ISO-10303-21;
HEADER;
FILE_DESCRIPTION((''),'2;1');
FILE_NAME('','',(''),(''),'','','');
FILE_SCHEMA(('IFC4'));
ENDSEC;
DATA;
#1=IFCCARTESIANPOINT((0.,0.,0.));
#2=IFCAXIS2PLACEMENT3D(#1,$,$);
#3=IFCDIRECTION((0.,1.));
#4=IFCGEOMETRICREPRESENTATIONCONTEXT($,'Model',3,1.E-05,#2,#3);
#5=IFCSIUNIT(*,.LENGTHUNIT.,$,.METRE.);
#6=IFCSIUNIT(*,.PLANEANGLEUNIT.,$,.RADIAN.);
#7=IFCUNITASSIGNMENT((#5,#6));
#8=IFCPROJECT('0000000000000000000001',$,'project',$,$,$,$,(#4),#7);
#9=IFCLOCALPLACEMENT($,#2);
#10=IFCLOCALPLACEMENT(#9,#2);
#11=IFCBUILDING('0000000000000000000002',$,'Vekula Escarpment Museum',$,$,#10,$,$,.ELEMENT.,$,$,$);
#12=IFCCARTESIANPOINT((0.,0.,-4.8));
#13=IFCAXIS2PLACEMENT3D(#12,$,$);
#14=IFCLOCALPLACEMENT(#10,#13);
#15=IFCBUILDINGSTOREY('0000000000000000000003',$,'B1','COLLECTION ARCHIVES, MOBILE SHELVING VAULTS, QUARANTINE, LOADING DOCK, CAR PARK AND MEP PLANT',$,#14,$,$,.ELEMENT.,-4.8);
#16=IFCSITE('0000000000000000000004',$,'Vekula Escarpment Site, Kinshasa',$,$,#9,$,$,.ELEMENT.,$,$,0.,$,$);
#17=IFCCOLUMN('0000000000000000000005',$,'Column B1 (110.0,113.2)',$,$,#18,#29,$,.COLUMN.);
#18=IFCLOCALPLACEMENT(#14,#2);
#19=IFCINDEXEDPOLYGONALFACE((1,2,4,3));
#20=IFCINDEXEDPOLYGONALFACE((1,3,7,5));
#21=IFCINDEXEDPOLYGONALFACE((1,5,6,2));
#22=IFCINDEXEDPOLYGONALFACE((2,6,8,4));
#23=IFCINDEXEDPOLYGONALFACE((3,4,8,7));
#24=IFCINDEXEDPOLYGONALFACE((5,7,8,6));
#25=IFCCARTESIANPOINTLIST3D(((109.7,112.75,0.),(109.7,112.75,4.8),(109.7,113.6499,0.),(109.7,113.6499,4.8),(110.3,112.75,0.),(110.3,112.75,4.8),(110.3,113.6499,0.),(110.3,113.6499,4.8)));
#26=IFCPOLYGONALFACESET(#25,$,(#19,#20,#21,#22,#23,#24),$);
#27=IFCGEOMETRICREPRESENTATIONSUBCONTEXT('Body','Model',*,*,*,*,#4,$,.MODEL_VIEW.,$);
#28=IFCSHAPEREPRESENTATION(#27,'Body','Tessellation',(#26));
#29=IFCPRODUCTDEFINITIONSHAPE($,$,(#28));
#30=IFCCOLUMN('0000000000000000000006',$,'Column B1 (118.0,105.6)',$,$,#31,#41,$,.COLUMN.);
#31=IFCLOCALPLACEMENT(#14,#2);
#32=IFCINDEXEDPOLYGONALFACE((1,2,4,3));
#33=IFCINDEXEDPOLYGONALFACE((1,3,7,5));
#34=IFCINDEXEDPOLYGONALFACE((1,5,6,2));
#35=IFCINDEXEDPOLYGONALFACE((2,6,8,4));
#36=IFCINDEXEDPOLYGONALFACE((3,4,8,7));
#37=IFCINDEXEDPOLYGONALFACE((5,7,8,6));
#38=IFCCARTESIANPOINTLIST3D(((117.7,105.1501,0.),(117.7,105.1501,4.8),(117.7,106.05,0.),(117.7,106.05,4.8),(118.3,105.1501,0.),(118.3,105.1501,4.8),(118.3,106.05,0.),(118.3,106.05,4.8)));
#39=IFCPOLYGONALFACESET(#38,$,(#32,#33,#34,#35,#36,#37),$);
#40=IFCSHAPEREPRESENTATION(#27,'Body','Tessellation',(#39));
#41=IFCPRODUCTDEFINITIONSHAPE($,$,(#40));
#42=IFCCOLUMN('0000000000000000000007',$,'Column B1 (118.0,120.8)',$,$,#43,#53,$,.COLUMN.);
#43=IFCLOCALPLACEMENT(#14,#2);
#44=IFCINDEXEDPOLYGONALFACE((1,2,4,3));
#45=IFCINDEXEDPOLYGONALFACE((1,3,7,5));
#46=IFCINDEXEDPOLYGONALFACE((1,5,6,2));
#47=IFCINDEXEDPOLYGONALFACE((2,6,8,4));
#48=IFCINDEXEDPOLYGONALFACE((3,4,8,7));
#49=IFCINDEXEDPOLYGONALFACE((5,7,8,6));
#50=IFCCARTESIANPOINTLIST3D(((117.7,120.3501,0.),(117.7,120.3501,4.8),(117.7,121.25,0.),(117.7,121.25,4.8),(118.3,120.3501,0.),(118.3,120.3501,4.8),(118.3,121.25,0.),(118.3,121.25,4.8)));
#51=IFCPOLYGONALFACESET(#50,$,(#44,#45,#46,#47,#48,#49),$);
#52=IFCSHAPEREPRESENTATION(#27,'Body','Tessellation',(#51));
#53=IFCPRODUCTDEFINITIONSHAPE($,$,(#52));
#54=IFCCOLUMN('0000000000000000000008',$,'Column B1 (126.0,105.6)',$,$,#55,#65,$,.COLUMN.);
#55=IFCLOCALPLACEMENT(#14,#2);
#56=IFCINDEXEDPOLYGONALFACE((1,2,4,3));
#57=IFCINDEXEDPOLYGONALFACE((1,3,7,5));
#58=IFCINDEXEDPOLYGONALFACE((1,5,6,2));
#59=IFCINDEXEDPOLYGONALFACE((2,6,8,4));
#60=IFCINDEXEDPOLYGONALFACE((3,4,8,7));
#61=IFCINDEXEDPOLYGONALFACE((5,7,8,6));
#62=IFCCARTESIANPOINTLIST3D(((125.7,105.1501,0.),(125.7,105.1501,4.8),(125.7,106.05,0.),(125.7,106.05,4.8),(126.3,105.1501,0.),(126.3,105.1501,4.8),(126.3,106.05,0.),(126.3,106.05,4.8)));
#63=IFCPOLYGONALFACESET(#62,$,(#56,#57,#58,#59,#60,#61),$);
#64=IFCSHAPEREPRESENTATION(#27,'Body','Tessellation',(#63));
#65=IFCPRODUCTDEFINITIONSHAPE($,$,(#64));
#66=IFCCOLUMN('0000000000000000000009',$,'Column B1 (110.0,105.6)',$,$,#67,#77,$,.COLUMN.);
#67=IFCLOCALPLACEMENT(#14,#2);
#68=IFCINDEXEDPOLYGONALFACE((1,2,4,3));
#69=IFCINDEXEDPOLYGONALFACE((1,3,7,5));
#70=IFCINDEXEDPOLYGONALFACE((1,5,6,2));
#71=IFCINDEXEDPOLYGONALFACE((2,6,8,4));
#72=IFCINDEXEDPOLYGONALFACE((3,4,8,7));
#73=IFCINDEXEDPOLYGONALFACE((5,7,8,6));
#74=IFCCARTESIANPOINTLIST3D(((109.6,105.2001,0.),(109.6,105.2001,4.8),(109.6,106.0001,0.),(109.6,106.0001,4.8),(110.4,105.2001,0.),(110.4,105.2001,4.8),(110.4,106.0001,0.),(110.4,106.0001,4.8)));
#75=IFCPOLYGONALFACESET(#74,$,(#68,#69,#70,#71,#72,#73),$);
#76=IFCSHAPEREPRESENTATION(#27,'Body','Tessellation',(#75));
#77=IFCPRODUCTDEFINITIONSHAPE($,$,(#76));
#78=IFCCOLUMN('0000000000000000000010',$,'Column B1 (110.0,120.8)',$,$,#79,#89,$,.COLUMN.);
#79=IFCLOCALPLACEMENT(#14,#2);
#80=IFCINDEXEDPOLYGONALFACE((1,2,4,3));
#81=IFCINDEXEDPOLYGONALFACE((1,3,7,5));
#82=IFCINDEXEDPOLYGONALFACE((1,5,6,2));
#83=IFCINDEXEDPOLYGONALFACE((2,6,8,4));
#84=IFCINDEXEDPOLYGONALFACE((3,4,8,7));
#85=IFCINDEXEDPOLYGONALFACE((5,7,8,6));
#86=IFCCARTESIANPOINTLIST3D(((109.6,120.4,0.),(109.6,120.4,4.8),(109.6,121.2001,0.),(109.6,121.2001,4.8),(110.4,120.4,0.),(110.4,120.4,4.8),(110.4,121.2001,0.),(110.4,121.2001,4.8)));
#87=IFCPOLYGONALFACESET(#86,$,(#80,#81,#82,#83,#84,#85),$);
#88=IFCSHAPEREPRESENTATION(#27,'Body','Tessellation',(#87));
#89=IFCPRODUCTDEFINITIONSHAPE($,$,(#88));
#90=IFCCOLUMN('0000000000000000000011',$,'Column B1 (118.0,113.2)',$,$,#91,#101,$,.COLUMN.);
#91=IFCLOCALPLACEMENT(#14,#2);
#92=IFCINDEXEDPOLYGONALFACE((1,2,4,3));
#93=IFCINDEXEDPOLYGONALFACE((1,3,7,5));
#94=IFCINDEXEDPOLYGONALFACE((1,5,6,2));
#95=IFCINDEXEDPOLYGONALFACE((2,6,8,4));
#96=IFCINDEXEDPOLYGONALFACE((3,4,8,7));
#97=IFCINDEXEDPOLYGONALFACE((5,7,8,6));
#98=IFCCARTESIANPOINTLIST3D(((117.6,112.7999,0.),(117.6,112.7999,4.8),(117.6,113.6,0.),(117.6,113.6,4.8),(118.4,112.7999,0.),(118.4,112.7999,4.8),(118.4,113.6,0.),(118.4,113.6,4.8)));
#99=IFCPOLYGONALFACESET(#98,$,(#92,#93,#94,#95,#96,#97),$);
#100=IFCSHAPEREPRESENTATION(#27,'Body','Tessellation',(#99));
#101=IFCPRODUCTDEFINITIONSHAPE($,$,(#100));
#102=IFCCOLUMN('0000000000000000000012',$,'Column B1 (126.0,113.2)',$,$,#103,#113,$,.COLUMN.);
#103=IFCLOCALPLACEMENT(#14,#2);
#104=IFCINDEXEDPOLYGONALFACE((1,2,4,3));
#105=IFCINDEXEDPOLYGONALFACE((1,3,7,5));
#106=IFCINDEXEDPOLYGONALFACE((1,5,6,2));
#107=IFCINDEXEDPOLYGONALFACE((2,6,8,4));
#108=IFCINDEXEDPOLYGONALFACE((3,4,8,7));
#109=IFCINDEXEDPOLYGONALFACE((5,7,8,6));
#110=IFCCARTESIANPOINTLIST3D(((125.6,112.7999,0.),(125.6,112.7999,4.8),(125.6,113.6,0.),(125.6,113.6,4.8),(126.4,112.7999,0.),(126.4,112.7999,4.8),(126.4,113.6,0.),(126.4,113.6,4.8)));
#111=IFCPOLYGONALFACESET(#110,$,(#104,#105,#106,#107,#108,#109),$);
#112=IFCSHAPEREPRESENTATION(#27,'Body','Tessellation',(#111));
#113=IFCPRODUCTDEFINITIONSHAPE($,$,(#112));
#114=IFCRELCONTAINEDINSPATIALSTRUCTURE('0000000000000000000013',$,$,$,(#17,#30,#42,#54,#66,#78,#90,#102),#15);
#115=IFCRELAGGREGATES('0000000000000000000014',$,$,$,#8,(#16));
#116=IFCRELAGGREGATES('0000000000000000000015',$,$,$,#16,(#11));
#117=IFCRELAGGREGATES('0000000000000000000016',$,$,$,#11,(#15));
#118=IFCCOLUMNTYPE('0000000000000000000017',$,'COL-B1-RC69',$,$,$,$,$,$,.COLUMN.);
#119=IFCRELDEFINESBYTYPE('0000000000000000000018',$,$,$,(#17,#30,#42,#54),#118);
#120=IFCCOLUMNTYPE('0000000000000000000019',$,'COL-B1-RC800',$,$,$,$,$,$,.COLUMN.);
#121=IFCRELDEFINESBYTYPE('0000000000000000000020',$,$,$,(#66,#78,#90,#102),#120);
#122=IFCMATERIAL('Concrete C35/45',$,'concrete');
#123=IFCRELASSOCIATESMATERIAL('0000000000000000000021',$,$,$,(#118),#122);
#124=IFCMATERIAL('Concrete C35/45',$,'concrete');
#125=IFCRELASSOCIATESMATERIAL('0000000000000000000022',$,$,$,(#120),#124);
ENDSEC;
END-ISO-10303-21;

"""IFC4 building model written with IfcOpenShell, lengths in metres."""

from ifc_helpers import new_model, si_unit, direction, frame, origin, origin_2d, place, context, subcontext, project, spatial, rectangle, extrude, material, material_profile, profile_set, type_object, element, save


model = new_model("IFC4")

# Units and contexts
model_context = context("Model", 3, precision=1e-05, world=origin(), true_north=direction((0.0, 1.0)))
body_context = subcontext(model_context, "Body", "Model", "MODEL_VIEW")
ifc_project = project(units=[si_unit("LENGTHUNIT", "METRE"), si_unit("PLANEANGLEUNIT", "RADIAN")], contexts=[model_context])

# Site, building, storey
site_placement = place(None, origin())
site = spatial("IfcSite", under=ifc_project, at=site_placement, Name="Vekula Escarpment Site, Kinshasa", CompositionType="ELEMENT", RefElevation=0.0)
building_placement = place(site_placement, origin())
building = spatial("IfcBuilding", under=site, at=building_placement, Name="Vekula Escarpment Museum", CompositionType="ELEMENT")
storey_placement = place(building_placement, frame((0.0, 0.0, -4.8)))
storey = spatial("IfcBuildingStorey", under=building, at=storey_placement, Name="B1", Description="COLLECTION ARCHIVES, MOBILE SHELVING VAULTS, QUARANTINE, LOADING DOCK, CAR PARK AND MEP PLANT", CompositionType="ELEMENT", Elevation=-4.8)

# Columns
ifc_material_1 = material(Name="Concrete C35/45", Category="concrete")
ifc_material_profile_1 = material_profile(ifc_material_1, rectangle(XDim=0.6001, YDim=0.8999, at=origin_2d()), Name="RC 600x900")
ifc_profile_set_1 = profile_set([ifc_material_profile_1], Name="Concrete C35/45")
column_type_1 = type_object("IfcColumnType", Name="COL-B1-RC69", PredefinedType="COLUMN", material=ifc_profile_set_1)
for number, where, z_axis, x_axis, name in (
    (1, (110.0, 113.2, 0.0), (0.0, 0.0, 1.0), (1.0, 0.0, 0.0), "Column B1 (110.0,113.2)"),
    (2, (118.0, 105.6001, 0.0), (0.0, 0.0, 1.0), (1.0, 0.0, 0.0), "Column B1 (118.0,105.6)"),
    (3, (118.0, 120.8, 0.0), (0.0, 0.0, 1.0), (1.0, 0.0, 0.0), "Column B1 (118.0,120.8)"),
    (4, (126.0, 105.6001, 0.0), (0.0, 0.0, 1.0), (1.0, 0.0, 0.0), "Column B1 (126.0,105.6)"),
):
    element("IfcColumn", number, at=place(storey_placement, frame(where, z_axis=z_axis, x_axis=x_axis)), inside=storey, type_object=column_type_1, Name=name, PredefinedType="COLUMN", context=body_context, shape_type="SweptSolid", body=[
        extrude(rectangle(XDim=0.6001, YDim=0.8999, at=origin_2d()), origin(), (0.0, 0.0, 1.0), 4.8),
    ])
ifc_material_2 = material(Name="Concrete C35/45", Category="concrete")
ifc_material_profile_2 = material_profile(ifc_material_2, rectangle(XDim=0.8, YDim=0.8, at=origin_2d()), Name="RC 800x800")
ifc_profile_set_2 = profile_set([ifc_material_profile_2], Name="Concrete C35/45")
column_type_2 = type_object("IfcColumnType", Name="COL-B1-RC800", PredefinedType="COLUMN", material=ifc_profile_set_2)
for number, where, z_axis, x_axis, name in (
    (5, (110.0, 105.6001, 0.0), (0.0, 0.0, 1.0), (1.0, 0.0, 0.0), "Column B1 (110.0,105.6)"),
    (6, (110.0, 120.8, 0.0), (0.0, 0.0, 1.0), (1.0, 0.0, 0.0), "Column B1 (110.0,120.8)"),
    (7, (118.0, 113.2, 0.0), (0.0, 0.0, 1.0), (1.0, 0.0, 0.0), "Column B1 (118.0,113.2)"),
    (8, (126.0, 113.2, 0.0), (0.0, 0.0, 1.0), (1.0, 0.0, 0.0), "Column B1 (126.0,113.2)"),
):
    element("IfcColumn", number, at=place(storey_placement, frame(where, z_axis=z_axis, x_axis=x_axis)), inside=storey, type_object=column_type_2, Name=name, PredefinedType="COLUMN", context=body_context, shape_type="SweptSolid", body=[
        extrude(rectangle(XDim=0.8, YDim=0.8, at=origin_2d()), origin(), (0.0, 0.0, 1.0), 4.8),
    ])

save(model, "model.ifc")
